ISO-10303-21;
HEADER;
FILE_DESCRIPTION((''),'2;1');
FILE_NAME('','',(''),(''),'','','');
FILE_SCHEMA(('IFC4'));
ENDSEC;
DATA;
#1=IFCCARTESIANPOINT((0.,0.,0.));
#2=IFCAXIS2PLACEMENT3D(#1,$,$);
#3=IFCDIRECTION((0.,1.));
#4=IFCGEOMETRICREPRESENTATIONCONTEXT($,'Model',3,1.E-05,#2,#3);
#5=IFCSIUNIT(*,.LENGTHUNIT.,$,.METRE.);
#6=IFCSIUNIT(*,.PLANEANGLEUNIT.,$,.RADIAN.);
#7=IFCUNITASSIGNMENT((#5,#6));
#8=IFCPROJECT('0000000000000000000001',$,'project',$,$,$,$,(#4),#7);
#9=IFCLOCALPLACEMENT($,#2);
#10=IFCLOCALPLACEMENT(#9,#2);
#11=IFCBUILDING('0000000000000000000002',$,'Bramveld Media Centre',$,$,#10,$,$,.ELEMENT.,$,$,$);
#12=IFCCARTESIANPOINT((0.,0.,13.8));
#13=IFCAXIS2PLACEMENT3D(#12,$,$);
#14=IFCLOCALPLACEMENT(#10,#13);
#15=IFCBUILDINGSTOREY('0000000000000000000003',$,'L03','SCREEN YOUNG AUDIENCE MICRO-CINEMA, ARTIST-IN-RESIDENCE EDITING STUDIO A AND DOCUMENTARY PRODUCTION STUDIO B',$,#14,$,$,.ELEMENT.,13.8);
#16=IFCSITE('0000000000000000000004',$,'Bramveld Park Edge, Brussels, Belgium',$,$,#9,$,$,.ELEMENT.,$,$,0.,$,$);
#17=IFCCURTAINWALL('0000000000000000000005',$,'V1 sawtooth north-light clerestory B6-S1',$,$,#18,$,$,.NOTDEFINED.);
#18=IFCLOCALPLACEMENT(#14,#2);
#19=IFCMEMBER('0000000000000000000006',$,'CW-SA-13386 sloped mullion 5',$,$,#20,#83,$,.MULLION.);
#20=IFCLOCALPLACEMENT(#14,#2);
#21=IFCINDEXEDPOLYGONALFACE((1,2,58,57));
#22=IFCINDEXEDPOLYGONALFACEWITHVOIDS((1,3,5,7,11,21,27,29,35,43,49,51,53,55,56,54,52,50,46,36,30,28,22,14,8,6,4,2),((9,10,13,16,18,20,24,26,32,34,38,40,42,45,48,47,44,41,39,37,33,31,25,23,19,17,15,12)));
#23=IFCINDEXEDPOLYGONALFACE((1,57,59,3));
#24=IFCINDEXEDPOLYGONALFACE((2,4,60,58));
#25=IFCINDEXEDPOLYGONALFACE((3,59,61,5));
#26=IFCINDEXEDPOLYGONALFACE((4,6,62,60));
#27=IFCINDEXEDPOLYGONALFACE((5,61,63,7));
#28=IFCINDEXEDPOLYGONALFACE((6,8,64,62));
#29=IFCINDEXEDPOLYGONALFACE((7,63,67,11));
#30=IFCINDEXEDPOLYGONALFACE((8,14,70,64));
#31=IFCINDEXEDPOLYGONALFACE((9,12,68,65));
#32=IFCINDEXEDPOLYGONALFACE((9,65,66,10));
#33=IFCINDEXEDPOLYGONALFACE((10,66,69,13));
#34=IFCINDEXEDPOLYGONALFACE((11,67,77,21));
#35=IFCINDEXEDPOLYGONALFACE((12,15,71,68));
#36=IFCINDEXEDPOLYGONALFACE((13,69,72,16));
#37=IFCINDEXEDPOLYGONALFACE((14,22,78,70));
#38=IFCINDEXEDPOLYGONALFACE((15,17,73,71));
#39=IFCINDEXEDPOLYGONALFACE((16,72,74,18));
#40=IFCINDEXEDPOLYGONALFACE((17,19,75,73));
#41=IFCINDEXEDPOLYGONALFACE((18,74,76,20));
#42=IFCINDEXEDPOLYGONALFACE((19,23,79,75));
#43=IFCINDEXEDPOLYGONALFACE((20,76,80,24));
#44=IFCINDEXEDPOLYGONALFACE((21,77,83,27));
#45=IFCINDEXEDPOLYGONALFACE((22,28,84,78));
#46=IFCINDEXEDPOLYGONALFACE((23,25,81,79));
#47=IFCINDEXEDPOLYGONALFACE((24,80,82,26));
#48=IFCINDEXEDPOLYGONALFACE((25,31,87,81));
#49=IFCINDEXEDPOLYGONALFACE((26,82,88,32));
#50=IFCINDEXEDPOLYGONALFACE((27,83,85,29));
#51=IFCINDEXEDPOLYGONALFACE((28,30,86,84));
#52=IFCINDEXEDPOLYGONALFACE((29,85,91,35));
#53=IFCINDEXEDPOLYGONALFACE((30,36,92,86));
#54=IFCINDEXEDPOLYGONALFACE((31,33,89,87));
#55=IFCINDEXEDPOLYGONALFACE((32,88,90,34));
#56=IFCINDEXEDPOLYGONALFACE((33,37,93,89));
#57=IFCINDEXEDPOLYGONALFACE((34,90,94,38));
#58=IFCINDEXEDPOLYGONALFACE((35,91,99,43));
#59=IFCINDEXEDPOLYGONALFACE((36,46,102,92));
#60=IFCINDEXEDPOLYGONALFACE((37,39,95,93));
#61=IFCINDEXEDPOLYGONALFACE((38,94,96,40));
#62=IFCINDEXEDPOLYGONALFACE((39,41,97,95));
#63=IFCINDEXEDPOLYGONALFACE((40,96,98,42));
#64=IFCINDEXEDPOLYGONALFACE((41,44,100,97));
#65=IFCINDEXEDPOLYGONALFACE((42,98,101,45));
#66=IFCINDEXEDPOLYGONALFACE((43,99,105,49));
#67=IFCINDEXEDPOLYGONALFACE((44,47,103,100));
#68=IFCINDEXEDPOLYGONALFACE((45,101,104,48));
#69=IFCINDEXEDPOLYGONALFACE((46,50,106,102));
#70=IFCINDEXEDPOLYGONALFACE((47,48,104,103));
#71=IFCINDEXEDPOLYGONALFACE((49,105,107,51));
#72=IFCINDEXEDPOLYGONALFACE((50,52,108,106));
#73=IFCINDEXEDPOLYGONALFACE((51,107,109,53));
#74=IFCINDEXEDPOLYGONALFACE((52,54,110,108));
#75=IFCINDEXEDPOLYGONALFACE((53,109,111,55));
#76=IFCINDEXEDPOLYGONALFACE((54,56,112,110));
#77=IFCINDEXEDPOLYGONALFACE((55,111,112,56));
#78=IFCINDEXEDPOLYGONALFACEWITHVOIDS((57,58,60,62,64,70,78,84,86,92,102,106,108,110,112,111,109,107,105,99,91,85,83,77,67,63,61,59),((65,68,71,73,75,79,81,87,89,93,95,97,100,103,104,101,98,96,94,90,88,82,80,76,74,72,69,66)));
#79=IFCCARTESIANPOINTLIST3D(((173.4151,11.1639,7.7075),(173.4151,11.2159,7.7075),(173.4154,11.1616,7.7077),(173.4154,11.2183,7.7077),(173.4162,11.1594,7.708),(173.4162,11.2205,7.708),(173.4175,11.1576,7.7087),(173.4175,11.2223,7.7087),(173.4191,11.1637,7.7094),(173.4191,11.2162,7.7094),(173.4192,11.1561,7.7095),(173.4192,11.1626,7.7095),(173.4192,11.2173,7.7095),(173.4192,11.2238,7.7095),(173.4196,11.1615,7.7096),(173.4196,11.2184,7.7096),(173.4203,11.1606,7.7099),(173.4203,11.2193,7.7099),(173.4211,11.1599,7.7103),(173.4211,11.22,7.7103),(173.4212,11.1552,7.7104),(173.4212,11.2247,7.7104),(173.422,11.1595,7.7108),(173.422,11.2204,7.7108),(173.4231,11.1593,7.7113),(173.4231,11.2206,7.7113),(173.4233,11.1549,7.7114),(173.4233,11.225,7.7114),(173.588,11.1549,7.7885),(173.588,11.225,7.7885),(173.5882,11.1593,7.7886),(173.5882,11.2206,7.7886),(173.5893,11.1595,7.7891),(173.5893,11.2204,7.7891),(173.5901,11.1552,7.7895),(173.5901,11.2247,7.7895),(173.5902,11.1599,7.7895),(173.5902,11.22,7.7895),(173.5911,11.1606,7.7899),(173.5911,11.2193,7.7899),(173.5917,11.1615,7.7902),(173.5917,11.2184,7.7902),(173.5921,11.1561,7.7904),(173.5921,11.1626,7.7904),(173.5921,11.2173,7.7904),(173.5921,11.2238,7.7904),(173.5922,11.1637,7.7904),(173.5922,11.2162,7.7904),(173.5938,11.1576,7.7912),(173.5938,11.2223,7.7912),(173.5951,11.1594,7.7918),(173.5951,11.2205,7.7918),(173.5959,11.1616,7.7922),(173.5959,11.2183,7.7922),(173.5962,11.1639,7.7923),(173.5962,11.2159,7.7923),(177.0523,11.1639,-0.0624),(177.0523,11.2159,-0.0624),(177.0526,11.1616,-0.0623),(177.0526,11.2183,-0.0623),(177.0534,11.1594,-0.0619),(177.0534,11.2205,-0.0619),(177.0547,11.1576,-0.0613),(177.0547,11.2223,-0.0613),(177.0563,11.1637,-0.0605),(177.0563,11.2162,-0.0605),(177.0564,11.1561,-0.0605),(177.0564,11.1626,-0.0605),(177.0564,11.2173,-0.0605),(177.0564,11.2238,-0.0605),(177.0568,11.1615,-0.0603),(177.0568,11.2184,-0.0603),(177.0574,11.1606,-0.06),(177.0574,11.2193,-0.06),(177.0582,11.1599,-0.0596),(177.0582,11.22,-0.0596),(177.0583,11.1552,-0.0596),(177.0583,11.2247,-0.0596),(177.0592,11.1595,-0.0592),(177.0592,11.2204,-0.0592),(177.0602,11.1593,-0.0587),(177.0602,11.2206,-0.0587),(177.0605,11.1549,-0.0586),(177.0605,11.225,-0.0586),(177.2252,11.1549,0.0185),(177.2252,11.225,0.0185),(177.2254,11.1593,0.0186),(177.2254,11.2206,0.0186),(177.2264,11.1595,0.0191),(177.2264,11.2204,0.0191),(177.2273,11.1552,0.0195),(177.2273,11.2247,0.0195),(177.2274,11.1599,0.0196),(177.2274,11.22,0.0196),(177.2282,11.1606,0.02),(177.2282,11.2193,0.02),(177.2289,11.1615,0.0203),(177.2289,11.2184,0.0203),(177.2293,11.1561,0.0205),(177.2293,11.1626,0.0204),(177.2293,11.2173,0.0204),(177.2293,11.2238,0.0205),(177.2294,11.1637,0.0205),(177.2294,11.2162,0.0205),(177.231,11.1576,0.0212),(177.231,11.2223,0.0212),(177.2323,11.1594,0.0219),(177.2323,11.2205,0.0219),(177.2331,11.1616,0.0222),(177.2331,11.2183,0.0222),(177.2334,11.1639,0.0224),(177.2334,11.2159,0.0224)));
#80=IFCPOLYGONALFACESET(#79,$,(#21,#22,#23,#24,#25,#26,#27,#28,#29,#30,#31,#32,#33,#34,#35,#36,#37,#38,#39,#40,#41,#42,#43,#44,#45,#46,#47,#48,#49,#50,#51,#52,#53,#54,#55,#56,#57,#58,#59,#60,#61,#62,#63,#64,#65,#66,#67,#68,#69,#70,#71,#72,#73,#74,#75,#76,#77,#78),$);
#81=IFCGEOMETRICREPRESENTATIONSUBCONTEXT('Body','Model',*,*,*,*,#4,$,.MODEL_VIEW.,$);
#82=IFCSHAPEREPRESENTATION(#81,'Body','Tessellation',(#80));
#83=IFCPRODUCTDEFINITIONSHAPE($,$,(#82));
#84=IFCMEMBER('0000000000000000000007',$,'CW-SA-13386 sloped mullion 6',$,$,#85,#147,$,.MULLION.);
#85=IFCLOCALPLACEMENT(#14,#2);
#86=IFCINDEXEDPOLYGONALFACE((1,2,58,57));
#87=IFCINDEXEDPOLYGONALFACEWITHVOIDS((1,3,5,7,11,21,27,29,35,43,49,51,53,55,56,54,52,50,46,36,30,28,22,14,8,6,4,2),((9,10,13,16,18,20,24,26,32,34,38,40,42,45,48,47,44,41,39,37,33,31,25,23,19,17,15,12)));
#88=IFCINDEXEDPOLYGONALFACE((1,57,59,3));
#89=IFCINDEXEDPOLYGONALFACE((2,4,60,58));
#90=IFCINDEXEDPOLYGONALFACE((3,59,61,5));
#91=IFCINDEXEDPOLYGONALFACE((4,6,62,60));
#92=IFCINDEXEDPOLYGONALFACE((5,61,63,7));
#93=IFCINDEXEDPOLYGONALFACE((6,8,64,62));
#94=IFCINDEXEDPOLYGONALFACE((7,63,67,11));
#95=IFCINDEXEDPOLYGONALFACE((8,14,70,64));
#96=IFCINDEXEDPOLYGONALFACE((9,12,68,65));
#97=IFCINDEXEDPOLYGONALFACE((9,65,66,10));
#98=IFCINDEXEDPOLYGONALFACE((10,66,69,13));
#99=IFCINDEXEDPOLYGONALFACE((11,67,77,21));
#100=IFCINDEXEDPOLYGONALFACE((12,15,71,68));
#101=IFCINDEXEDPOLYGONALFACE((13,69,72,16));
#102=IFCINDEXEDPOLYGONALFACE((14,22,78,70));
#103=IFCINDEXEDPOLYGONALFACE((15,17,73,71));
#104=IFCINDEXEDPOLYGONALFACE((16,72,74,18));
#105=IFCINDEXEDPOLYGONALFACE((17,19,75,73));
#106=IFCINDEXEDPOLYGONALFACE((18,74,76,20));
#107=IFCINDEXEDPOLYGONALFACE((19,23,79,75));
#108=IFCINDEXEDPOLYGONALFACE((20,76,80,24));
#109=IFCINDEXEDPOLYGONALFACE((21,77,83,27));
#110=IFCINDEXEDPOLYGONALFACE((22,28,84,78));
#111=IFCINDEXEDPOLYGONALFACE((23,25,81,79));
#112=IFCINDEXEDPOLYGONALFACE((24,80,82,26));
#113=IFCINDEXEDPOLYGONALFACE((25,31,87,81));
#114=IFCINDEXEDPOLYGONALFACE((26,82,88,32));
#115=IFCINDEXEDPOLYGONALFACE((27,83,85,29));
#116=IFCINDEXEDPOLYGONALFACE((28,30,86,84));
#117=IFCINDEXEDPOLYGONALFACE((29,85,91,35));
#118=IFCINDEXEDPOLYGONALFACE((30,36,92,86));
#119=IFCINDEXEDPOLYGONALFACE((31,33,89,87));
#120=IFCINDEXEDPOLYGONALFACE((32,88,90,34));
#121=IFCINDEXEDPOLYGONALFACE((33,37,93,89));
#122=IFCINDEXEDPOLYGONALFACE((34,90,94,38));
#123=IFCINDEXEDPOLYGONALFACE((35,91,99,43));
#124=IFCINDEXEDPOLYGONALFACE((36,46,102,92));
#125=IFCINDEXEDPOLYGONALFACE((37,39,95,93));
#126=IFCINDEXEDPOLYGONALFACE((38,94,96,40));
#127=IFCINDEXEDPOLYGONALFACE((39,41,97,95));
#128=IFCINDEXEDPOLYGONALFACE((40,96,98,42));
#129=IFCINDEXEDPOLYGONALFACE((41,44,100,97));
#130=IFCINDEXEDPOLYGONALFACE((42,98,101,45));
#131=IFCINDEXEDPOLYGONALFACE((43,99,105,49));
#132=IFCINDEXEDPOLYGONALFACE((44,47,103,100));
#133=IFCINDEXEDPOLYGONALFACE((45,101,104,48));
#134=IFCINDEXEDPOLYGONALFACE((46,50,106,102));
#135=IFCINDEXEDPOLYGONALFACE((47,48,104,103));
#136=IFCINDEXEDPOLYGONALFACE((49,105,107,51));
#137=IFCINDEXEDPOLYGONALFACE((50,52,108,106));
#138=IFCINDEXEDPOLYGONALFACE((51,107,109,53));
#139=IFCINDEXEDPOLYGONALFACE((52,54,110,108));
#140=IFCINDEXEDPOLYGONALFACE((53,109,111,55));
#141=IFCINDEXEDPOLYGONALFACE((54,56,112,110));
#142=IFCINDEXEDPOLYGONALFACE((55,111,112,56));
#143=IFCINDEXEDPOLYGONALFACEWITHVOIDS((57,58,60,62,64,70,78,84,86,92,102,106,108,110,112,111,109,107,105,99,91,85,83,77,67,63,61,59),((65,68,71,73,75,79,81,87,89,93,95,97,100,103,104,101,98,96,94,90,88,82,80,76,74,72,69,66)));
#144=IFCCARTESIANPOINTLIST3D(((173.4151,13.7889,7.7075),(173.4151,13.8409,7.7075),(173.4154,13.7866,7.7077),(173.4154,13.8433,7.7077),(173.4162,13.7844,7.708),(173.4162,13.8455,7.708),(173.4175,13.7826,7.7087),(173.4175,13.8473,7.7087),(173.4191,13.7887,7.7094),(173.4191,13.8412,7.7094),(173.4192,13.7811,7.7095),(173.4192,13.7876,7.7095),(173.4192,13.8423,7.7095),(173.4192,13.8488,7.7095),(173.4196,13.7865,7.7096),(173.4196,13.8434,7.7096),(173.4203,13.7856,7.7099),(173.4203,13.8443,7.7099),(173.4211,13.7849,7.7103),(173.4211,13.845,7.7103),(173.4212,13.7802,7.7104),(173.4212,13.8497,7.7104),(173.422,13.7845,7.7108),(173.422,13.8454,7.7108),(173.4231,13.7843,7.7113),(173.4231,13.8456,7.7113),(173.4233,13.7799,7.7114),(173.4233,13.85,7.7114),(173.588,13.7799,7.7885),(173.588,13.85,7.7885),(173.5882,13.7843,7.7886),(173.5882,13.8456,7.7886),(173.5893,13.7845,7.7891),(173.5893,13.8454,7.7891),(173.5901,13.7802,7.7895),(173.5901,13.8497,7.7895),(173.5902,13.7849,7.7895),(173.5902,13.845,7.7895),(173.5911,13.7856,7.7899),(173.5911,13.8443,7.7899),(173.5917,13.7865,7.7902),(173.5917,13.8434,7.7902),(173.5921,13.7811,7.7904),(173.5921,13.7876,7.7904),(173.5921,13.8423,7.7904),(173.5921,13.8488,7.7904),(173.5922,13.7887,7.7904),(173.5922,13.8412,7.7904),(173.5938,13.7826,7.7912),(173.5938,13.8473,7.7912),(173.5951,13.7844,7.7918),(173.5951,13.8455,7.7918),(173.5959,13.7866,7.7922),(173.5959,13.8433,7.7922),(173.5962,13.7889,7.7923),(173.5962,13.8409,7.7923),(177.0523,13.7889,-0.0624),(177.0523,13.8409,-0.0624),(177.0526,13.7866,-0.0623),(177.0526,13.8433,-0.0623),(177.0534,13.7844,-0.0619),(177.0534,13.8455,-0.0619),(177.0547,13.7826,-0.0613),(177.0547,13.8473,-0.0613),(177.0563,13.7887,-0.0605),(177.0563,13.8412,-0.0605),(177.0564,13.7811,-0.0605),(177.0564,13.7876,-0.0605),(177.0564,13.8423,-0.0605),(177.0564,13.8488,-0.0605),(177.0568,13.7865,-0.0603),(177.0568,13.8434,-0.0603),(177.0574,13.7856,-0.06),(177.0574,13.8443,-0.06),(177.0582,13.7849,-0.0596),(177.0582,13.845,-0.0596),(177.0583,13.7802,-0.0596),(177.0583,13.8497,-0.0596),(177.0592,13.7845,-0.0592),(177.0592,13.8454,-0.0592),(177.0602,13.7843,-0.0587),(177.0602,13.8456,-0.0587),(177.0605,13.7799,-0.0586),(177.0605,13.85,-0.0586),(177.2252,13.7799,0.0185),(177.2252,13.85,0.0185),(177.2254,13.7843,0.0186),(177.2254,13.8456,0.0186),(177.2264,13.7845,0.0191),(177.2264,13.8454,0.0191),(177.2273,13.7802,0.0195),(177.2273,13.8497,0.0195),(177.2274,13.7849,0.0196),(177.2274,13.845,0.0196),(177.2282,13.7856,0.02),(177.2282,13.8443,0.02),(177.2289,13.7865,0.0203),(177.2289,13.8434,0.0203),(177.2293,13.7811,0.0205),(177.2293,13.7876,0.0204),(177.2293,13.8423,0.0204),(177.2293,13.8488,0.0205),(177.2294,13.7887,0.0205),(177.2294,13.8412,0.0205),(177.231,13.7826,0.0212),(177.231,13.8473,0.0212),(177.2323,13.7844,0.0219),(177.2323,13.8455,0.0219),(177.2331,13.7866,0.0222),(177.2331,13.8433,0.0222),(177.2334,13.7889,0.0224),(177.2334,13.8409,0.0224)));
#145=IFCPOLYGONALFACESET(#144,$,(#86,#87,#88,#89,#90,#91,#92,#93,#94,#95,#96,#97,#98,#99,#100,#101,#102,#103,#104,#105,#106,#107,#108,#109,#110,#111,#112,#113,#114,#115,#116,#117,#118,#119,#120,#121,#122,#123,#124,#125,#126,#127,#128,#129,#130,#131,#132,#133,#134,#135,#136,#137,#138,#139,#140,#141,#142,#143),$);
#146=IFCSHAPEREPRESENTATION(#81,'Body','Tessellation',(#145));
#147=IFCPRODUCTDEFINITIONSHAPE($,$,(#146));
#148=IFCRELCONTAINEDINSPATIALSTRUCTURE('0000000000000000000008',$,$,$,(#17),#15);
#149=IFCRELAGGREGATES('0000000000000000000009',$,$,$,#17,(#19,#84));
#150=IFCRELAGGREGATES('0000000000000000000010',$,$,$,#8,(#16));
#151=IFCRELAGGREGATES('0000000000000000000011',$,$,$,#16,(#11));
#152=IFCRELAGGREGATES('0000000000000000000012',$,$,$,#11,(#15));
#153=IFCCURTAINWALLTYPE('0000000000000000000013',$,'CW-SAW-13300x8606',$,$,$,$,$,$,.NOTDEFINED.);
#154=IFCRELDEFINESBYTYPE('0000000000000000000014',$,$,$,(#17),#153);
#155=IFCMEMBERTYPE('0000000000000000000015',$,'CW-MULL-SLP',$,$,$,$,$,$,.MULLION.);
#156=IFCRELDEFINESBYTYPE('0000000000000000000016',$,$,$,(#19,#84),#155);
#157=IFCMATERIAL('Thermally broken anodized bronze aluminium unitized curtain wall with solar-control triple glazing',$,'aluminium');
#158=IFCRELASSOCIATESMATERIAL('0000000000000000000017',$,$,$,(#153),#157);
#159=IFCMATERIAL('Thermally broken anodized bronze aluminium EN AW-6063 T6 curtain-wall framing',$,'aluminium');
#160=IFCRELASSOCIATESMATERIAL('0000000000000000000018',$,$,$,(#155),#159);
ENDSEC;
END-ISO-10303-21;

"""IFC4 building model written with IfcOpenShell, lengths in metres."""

from ifc_helpers import new_model, si_unit, direction, frame, origin, origin_2d, place, context, subcontext, project, spatial, hollow_rectangle, extrude, material, material_profile, profile_set, type_object, element, aggregate, save


model = new_model("IFC4")

# Units and contexts
model_context = context("Model", 3, precision=1e-05, world=origin(), true_north=direction((0.0, 1.0)))
body_context = subcontext(model_context, "Body", "Model", "MODEL_VIEW")
ifc_project = project(units=[si_unit("LENGTHUNIT", "METRE"), si_unit("PLANEANGLEUNIT", "RADIAN")], contexts=[model_context])

# Site, building, storey
site_placement = place(None, origin())
site = spatial("IfcSite", under=ifc_project, at=site_placement, Name="Bramveld Park Edge, Brussels, Belgium", CompositionType="ELEMENT", RefElevation=0.0)
building_placement = place(site_placement, origin())
building = spatial("IfcBuilding", under=site, at=building_placement, Name="Bramveld Media Centre", CompositionType="ELEMENT")
storey_placement = place(building_placement, frame((0.0, 0.0, 13.8)))
storey = spatial("IfcBuildingStorey", under=building, at=storey_placement, Name="L03", Description="SCREEN YOUNG AUDIENCE MICRO-CINEMA, ARTIST-IN-RESIDENCE EDITING STUDIO A AND DOCUMENTARY PRODUCTION STUDIO B", CompositionType="ELEMENT", Elevation=13.8)

# Curtain wall, members
ifc_material_1 = material(Name="Thermally broken anodized bronze aluminium unitized curtain wall with solar-control triple glazing", Category="aluminium")
curtain_wall_type = type_object("IfcCurtainWallType", Name="CW-SAW-13300x8606", PredefinedType="NOTDEFINED", material=ifc_material_1)
curtain_wall_1_placement = place(storey_placement, origin())
curtain_wall_1 = element("IfcCurtainWall", 1, at=curtain_wall_1_placement, inside=storey, type_object=curtain_wall_type, Name="V1 sawtooth north-light clerestory B6-S1", PredefinedType="NOTDEFINED")
ifc_material_2 = material(Name="Thermally broken anodized bronze aluminium EN AW-6063 T6 curtain-wall framing", Category="aluminium")
ifc_material_profile_1 = material_profile(ifc_material_2, hollow_rectangle(XDim=0.0701, YDim=0.2, WallThickness=0.0044, InnerFilletRadius=0.0044, OuterFilletRadius=0.009, at=origin_2d()), Name="AL-MULL 70x200")
ifc_profile_set_1 = profile_set([ifc_material_profile_1], Name="Thermally broken anodized bronze aluminium EN AW-6063 T6 curtain-wall framing")
member_type_1 = type_object("IfcMemberType", Name="CW-MULL-SLP", PredefinedType="MULLION", material=ifc_profile_set_1)
member_1_placement = place(storey_placement, frame((177.1428, 11.1899, -0.02), z_axis=(-0.423957, 0.0, 0.905682), x_axis=(0.0, -1.0, 0.0)))
member_1 = element("IfcMember", 2, at=member_1_placement, type_object=member_type_1, Name="CW-SA-13386 sloped mullion 5", PredefinedType="MULLION", context=body_context, shape_type="SweptSolid", body=[
    extrude(hollow_rectangle(XDim=0.0701, YDim=0.2, WallThickness=0.0044, InnerFilletRadius=0.0044, OuterFilletRadius=0.009, at=origin_2d()), origin(), (0.0, 0.0, 1.0), 8.5791),
])
member_2_placement = place(storey_placement, frame((177.1428, 13.8149, -0.02), z_axis=(-0.423957, 0.0, 0.905682), x_axis=(0.0, -1.0, 0.0)))
member_2 = element("IfcMember", 3, at=member_2_placement, type_object=member_type_1, Name="CW-SA-13386 sloped mullion 6", PredefinedType="MULLION", context=body_context, shape_type="SweptSolid", body=[
    extrude(hollow_rectangle(XDim=0.0701, YDim=0.2, WallThickness=0.0044, InnerFilletRadius=0.0044, OuterFilletRadius=0.009, at=origin_2d()), origin(), (0.0, 0.0, 1.0), 8.5791),
])

aggregate(curtain_wall_1, [member_1, member_2])

save(model, "model.ifc")
